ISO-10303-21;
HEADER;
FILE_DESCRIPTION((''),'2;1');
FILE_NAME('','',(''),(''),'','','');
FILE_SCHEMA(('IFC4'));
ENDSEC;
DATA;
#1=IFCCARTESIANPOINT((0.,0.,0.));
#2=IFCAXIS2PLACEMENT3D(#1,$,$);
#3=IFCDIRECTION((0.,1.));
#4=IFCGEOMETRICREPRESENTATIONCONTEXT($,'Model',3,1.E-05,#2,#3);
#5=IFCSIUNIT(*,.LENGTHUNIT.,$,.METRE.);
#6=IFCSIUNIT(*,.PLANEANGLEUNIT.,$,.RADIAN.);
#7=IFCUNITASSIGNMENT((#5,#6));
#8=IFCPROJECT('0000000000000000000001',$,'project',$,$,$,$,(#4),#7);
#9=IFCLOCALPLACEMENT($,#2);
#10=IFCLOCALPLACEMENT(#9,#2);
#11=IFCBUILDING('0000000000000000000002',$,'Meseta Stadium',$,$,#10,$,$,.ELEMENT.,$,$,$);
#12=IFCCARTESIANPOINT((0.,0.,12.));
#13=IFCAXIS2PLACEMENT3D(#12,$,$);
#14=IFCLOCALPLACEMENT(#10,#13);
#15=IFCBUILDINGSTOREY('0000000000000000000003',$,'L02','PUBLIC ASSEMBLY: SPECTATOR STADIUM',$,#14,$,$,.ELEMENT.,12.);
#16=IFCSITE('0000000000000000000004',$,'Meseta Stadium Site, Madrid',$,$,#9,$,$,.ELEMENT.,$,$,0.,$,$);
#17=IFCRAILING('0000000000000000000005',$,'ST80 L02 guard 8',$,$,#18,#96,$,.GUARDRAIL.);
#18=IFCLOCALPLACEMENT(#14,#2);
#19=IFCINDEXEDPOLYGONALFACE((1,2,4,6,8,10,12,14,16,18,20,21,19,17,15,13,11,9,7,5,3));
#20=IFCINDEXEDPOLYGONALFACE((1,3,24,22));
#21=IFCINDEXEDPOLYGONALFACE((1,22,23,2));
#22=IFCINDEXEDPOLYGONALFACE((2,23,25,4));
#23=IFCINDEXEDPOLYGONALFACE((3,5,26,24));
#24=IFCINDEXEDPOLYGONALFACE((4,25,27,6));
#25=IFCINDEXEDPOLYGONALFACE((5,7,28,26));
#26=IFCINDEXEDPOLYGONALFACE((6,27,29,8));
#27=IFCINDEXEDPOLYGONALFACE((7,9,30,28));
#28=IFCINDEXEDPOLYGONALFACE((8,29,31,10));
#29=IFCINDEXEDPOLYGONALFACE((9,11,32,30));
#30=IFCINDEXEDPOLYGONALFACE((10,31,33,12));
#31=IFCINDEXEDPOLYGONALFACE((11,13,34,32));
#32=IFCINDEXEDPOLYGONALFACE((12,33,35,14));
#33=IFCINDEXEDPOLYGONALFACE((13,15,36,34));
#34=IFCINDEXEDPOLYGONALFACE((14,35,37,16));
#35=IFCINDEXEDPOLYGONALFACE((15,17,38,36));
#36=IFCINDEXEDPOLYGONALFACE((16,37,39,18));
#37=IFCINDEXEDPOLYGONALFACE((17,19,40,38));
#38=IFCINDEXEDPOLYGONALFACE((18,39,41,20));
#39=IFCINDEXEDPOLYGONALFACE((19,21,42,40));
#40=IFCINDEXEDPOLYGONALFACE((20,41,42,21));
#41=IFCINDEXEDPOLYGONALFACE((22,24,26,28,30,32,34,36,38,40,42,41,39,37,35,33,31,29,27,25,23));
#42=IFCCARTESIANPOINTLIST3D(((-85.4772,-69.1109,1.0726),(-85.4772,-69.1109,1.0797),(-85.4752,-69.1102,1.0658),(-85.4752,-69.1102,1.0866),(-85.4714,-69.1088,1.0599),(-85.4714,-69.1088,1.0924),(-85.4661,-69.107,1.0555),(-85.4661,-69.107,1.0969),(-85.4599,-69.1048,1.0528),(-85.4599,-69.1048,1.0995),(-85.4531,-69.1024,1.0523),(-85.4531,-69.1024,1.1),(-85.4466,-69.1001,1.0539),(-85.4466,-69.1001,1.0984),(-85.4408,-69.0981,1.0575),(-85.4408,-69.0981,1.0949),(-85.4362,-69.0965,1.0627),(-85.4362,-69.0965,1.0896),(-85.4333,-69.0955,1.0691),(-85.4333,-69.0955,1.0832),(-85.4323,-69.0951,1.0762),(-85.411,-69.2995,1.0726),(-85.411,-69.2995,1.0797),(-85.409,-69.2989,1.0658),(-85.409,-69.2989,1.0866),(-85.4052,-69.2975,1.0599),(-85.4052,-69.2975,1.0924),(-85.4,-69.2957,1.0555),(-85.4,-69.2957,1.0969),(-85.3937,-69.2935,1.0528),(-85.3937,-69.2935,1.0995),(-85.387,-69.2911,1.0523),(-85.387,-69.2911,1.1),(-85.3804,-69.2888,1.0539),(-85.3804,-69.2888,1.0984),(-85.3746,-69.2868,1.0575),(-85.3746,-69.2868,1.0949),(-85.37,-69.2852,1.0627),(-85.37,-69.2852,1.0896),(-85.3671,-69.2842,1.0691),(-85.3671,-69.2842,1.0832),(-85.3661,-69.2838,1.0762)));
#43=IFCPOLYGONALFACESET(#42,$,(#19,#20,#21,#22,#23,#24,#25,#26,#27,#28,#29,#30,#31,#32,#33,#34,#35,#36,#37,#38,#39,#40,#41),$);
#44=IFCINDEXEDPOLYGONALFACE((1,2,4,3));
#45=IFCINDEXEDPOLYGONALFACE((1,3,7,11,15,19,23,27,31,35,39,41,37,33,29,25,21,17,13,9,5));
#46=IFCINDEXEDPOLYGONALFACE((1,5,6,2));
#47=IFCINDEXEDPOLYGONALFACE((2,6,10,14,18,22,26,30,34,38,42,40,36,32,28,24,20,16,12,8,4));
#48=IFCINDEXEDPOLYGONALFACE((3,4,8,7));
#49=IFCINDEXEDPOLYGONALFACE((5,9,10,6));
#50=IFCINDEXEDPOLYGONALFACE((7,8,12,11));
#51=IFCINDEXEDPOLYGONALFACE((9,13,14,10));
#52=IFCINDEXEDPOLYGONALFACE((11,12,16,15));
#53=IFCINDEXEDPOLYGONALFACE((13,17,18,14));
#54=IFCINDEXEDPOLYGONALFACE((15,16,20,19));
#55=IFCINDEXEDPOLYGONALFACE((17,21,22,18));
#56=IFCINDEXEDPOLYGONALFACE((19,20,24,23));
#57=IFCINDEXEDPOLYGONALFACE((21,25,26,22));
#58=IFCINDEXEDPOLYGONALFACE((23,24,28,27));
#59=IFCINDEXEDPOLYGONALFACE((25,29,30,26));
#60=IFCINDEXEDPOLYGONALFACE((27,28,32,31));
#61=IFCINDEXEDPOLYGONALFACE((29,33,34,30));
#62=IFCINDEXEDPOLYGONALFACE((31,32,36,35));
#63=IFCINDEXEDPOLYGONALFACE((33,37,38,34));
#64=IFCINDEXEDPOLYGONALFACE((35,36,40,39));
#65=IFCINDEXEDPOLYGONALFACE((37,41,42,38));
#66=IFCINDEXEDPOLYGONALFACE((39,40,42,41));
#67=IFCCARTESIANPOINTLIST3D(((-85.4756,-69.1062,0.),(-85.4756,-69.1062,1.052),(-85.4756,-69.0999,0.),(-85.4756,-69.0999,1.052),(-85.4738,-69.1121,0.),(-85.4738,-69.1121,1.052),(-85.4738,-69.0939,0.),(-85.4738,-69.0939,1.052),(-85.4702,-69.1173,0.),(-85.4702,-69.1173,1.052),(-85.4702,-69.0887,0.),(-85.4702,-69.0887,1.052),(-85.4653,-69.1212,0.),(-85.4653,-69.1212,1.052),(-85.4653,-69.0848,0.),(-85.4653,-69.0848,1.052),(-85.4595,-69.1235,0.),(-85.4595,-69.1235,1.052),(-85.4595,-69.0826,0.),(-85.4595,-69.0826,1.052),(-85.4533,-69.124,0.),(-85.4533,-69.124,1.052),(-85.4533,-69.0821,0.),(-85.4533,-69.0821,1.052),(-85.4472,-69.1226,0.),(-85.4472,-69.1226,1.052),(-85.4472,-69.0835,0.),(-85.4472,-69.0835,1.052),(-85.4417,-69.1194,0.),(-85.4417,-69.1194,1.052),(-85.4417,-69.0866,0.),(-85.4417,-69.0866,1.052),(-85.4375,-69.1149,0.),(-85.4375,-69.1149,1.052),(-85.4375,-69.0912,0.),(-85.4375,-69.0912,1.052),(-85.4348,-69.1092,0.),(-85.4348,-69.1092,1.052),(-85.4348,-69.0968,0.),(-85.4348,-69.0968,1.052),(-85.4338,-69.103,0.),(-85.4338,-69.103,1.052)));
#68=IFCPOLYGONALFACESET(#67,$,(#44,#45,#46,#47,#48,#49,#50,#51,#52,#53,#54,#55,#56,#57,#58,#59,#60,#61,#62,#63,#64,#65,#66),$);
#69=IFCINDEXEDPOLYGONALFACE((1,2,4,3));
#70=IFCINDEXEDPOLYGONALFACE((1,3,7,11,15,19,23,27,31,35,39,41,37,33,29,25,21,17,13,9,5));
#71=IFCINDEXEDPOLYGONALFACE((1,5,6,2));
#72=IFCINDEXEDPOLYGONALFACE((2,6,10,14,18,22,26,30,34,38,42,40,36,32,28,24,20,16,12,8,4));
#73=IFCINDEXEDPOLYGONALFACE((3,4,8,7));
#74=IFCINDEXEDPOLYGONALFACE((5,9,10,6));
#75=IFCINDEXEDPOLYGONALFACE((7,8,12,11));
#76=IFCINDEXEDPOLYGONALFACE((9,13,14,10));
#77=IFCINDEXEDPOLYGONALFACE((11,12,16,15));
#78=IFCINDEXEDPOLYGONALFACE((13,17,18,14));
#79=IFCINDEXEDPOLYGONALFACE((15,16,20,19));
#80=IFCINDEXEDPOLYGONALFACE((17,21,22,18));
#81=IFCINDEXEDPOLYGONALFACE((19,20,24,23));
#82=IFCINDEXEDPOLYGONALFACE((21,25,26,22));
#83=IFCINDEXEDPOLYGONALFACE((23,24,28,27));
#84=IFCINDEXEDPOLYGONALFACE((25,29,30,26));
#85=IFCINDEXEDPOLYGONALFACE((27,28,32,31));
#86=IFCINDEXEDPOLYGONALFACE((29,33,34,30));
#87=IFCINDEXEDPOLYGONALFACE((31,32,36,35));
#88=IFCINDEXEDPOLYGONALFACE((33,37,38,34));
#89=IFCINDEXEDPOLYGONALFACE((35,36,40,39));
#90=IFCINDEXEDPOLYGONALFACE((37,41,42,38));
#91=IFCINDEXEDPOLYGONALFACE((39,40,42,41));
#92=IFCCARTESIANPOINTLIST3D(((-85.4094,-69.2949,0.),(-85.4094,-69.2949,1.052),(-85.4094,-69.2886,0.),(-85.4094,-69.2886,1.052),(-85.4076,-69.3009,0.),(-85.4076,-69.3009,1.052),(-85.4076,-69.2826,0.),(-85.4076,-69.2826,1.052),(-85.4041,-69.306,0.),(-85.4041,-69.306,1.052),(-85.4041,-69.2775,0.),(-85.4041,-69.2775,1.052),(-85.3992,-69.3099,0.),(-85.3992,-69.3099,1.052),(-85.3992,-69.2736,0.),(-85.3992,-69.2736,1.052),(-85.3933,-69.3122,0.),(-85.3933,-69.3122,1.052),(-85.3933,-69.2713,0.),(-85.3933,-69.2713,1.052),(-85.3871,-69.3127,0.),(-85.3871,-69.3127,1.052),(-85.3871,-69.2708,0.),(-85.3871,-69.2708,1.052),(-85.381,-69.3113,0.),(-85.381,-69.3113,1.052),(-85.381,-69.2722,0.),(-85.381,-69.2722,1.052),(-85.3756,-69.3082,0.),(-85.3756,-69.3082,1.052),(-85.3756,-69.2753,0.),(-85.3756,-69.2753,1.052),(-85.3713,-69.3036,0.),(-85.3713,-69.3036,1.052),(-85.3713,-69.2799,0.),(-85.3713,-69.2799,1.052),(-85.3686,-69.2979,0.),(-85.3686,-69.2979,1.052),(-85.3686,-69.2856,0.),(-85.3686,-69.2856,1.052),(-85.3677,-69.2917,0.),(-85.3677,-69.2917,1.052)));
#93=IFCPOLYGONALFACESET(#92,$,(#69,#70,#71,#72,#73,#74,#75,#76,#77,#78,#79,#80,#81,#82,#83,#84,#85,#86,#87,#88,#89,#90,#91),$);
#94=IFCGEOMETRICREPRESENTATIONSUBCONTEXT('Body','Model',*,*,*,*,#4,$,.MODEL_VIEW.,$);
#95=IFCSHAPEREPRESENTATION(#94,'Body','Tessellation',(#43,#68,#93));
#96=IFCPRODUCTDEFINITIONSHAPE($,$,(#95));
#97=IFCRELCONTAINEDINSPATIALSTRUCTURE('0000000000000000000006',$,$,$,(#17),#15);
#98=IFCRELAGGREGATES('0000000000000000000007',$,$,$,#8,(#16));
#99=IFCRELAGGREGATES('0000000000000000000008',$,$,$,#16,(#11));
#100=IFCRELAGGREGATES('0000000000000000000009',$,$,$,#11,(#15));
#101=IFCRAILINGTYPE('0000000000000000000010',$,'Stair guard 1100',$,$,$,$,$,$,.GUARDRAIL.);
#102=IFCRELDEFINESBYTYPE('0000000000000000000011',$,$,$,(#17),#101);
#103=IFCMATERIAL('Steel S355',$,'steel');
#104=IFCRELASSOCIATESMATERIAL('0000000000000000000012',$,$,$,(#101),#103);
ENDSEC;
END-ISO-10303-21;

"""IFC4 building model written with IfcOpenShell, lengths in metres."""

from ifc_helpers import new_model, si_unit, direction, frame, origin, origin_2d, place, context, subcontext, project, spatial, circle, extrude, material, type_object, element, save


model = new_model("IFC4")

# Units and contexts
model_context = context("Model", 3, precision=1e-05, world=origin(), true_north=direction((0.0, 1.0)))
body_context = subcontext(model_context, "Body", "Model", "MODEL_VIEW")
ifc_project = project(units=[si_unit("LENGTHUNIT", "METRE"), si_unit("PLANEANGLEUNIT", "RADIAN")], contexts=[model_context])

# Site, building, storey
site_placement = place(None, origin())
site = spatial("IfcSite", under=ifc_project, at=site_placement, Name="Meseta Stadium Site, Madrid", CompositionType="ELEMENT", RefElevation=0.0)
building_placement = place(site_placement, origin())
building = spatial("IfcBuilding", under=site, at=building_placement, Name="Meseta Stadium", CompositionType="ELEMENT")
storey_placement = place(building_placement, frame((0.0, 0.0, 12.0)))
storey = spatial("IfcBuildingStorey", under=building, at=storey_placement, Name="L02", Description="PUBLIC ASSEMBLY: SPECTATOR STADIUM", CompositionType="ELEMENT", Elevation=12.0)

# Railing
ifc_material_1 = material(Name="Steel S355", Category="steel")
railing_type_1 = type_object("IfcRailingType", Name="Stair guard 1100", PredefinedType="GUARDRAIL", material=ifc_material_1)
railing_1_placement = place(storey_placement, frame((-85.4548, -69.103, 0.0)))
element("IfcRailing", 1, at=railing_1_placement, inside=storey, type_object=railing_type_1, Name="ST80 L02 guard 8", PredefinedType="GUARDRAIL", context=body_context, shape_type="SweptSolid", body=[
    extrude(circle(Radius=0.0239, at=origin_2d()), frame((0.0, 0.0, 1.0762), z_axis=(0.33084, -0.943687, 0.0), x_axis=(0.943687, 0.33084, 0.0)), (0.0, 0.0, 1.0), 0.2),
    extrude(circle(Radius=0.021, at=origin_2d()), origin(), (0.0, 0.0, 1.0), 1.052),
    extrude(circle(Radius=0.021, at=origin_2d()), frame((0.0662, -0.1887, 0.0)), (0.0, 0.0, 1.0), 1.052),
])

save(model, "model.ifc")
